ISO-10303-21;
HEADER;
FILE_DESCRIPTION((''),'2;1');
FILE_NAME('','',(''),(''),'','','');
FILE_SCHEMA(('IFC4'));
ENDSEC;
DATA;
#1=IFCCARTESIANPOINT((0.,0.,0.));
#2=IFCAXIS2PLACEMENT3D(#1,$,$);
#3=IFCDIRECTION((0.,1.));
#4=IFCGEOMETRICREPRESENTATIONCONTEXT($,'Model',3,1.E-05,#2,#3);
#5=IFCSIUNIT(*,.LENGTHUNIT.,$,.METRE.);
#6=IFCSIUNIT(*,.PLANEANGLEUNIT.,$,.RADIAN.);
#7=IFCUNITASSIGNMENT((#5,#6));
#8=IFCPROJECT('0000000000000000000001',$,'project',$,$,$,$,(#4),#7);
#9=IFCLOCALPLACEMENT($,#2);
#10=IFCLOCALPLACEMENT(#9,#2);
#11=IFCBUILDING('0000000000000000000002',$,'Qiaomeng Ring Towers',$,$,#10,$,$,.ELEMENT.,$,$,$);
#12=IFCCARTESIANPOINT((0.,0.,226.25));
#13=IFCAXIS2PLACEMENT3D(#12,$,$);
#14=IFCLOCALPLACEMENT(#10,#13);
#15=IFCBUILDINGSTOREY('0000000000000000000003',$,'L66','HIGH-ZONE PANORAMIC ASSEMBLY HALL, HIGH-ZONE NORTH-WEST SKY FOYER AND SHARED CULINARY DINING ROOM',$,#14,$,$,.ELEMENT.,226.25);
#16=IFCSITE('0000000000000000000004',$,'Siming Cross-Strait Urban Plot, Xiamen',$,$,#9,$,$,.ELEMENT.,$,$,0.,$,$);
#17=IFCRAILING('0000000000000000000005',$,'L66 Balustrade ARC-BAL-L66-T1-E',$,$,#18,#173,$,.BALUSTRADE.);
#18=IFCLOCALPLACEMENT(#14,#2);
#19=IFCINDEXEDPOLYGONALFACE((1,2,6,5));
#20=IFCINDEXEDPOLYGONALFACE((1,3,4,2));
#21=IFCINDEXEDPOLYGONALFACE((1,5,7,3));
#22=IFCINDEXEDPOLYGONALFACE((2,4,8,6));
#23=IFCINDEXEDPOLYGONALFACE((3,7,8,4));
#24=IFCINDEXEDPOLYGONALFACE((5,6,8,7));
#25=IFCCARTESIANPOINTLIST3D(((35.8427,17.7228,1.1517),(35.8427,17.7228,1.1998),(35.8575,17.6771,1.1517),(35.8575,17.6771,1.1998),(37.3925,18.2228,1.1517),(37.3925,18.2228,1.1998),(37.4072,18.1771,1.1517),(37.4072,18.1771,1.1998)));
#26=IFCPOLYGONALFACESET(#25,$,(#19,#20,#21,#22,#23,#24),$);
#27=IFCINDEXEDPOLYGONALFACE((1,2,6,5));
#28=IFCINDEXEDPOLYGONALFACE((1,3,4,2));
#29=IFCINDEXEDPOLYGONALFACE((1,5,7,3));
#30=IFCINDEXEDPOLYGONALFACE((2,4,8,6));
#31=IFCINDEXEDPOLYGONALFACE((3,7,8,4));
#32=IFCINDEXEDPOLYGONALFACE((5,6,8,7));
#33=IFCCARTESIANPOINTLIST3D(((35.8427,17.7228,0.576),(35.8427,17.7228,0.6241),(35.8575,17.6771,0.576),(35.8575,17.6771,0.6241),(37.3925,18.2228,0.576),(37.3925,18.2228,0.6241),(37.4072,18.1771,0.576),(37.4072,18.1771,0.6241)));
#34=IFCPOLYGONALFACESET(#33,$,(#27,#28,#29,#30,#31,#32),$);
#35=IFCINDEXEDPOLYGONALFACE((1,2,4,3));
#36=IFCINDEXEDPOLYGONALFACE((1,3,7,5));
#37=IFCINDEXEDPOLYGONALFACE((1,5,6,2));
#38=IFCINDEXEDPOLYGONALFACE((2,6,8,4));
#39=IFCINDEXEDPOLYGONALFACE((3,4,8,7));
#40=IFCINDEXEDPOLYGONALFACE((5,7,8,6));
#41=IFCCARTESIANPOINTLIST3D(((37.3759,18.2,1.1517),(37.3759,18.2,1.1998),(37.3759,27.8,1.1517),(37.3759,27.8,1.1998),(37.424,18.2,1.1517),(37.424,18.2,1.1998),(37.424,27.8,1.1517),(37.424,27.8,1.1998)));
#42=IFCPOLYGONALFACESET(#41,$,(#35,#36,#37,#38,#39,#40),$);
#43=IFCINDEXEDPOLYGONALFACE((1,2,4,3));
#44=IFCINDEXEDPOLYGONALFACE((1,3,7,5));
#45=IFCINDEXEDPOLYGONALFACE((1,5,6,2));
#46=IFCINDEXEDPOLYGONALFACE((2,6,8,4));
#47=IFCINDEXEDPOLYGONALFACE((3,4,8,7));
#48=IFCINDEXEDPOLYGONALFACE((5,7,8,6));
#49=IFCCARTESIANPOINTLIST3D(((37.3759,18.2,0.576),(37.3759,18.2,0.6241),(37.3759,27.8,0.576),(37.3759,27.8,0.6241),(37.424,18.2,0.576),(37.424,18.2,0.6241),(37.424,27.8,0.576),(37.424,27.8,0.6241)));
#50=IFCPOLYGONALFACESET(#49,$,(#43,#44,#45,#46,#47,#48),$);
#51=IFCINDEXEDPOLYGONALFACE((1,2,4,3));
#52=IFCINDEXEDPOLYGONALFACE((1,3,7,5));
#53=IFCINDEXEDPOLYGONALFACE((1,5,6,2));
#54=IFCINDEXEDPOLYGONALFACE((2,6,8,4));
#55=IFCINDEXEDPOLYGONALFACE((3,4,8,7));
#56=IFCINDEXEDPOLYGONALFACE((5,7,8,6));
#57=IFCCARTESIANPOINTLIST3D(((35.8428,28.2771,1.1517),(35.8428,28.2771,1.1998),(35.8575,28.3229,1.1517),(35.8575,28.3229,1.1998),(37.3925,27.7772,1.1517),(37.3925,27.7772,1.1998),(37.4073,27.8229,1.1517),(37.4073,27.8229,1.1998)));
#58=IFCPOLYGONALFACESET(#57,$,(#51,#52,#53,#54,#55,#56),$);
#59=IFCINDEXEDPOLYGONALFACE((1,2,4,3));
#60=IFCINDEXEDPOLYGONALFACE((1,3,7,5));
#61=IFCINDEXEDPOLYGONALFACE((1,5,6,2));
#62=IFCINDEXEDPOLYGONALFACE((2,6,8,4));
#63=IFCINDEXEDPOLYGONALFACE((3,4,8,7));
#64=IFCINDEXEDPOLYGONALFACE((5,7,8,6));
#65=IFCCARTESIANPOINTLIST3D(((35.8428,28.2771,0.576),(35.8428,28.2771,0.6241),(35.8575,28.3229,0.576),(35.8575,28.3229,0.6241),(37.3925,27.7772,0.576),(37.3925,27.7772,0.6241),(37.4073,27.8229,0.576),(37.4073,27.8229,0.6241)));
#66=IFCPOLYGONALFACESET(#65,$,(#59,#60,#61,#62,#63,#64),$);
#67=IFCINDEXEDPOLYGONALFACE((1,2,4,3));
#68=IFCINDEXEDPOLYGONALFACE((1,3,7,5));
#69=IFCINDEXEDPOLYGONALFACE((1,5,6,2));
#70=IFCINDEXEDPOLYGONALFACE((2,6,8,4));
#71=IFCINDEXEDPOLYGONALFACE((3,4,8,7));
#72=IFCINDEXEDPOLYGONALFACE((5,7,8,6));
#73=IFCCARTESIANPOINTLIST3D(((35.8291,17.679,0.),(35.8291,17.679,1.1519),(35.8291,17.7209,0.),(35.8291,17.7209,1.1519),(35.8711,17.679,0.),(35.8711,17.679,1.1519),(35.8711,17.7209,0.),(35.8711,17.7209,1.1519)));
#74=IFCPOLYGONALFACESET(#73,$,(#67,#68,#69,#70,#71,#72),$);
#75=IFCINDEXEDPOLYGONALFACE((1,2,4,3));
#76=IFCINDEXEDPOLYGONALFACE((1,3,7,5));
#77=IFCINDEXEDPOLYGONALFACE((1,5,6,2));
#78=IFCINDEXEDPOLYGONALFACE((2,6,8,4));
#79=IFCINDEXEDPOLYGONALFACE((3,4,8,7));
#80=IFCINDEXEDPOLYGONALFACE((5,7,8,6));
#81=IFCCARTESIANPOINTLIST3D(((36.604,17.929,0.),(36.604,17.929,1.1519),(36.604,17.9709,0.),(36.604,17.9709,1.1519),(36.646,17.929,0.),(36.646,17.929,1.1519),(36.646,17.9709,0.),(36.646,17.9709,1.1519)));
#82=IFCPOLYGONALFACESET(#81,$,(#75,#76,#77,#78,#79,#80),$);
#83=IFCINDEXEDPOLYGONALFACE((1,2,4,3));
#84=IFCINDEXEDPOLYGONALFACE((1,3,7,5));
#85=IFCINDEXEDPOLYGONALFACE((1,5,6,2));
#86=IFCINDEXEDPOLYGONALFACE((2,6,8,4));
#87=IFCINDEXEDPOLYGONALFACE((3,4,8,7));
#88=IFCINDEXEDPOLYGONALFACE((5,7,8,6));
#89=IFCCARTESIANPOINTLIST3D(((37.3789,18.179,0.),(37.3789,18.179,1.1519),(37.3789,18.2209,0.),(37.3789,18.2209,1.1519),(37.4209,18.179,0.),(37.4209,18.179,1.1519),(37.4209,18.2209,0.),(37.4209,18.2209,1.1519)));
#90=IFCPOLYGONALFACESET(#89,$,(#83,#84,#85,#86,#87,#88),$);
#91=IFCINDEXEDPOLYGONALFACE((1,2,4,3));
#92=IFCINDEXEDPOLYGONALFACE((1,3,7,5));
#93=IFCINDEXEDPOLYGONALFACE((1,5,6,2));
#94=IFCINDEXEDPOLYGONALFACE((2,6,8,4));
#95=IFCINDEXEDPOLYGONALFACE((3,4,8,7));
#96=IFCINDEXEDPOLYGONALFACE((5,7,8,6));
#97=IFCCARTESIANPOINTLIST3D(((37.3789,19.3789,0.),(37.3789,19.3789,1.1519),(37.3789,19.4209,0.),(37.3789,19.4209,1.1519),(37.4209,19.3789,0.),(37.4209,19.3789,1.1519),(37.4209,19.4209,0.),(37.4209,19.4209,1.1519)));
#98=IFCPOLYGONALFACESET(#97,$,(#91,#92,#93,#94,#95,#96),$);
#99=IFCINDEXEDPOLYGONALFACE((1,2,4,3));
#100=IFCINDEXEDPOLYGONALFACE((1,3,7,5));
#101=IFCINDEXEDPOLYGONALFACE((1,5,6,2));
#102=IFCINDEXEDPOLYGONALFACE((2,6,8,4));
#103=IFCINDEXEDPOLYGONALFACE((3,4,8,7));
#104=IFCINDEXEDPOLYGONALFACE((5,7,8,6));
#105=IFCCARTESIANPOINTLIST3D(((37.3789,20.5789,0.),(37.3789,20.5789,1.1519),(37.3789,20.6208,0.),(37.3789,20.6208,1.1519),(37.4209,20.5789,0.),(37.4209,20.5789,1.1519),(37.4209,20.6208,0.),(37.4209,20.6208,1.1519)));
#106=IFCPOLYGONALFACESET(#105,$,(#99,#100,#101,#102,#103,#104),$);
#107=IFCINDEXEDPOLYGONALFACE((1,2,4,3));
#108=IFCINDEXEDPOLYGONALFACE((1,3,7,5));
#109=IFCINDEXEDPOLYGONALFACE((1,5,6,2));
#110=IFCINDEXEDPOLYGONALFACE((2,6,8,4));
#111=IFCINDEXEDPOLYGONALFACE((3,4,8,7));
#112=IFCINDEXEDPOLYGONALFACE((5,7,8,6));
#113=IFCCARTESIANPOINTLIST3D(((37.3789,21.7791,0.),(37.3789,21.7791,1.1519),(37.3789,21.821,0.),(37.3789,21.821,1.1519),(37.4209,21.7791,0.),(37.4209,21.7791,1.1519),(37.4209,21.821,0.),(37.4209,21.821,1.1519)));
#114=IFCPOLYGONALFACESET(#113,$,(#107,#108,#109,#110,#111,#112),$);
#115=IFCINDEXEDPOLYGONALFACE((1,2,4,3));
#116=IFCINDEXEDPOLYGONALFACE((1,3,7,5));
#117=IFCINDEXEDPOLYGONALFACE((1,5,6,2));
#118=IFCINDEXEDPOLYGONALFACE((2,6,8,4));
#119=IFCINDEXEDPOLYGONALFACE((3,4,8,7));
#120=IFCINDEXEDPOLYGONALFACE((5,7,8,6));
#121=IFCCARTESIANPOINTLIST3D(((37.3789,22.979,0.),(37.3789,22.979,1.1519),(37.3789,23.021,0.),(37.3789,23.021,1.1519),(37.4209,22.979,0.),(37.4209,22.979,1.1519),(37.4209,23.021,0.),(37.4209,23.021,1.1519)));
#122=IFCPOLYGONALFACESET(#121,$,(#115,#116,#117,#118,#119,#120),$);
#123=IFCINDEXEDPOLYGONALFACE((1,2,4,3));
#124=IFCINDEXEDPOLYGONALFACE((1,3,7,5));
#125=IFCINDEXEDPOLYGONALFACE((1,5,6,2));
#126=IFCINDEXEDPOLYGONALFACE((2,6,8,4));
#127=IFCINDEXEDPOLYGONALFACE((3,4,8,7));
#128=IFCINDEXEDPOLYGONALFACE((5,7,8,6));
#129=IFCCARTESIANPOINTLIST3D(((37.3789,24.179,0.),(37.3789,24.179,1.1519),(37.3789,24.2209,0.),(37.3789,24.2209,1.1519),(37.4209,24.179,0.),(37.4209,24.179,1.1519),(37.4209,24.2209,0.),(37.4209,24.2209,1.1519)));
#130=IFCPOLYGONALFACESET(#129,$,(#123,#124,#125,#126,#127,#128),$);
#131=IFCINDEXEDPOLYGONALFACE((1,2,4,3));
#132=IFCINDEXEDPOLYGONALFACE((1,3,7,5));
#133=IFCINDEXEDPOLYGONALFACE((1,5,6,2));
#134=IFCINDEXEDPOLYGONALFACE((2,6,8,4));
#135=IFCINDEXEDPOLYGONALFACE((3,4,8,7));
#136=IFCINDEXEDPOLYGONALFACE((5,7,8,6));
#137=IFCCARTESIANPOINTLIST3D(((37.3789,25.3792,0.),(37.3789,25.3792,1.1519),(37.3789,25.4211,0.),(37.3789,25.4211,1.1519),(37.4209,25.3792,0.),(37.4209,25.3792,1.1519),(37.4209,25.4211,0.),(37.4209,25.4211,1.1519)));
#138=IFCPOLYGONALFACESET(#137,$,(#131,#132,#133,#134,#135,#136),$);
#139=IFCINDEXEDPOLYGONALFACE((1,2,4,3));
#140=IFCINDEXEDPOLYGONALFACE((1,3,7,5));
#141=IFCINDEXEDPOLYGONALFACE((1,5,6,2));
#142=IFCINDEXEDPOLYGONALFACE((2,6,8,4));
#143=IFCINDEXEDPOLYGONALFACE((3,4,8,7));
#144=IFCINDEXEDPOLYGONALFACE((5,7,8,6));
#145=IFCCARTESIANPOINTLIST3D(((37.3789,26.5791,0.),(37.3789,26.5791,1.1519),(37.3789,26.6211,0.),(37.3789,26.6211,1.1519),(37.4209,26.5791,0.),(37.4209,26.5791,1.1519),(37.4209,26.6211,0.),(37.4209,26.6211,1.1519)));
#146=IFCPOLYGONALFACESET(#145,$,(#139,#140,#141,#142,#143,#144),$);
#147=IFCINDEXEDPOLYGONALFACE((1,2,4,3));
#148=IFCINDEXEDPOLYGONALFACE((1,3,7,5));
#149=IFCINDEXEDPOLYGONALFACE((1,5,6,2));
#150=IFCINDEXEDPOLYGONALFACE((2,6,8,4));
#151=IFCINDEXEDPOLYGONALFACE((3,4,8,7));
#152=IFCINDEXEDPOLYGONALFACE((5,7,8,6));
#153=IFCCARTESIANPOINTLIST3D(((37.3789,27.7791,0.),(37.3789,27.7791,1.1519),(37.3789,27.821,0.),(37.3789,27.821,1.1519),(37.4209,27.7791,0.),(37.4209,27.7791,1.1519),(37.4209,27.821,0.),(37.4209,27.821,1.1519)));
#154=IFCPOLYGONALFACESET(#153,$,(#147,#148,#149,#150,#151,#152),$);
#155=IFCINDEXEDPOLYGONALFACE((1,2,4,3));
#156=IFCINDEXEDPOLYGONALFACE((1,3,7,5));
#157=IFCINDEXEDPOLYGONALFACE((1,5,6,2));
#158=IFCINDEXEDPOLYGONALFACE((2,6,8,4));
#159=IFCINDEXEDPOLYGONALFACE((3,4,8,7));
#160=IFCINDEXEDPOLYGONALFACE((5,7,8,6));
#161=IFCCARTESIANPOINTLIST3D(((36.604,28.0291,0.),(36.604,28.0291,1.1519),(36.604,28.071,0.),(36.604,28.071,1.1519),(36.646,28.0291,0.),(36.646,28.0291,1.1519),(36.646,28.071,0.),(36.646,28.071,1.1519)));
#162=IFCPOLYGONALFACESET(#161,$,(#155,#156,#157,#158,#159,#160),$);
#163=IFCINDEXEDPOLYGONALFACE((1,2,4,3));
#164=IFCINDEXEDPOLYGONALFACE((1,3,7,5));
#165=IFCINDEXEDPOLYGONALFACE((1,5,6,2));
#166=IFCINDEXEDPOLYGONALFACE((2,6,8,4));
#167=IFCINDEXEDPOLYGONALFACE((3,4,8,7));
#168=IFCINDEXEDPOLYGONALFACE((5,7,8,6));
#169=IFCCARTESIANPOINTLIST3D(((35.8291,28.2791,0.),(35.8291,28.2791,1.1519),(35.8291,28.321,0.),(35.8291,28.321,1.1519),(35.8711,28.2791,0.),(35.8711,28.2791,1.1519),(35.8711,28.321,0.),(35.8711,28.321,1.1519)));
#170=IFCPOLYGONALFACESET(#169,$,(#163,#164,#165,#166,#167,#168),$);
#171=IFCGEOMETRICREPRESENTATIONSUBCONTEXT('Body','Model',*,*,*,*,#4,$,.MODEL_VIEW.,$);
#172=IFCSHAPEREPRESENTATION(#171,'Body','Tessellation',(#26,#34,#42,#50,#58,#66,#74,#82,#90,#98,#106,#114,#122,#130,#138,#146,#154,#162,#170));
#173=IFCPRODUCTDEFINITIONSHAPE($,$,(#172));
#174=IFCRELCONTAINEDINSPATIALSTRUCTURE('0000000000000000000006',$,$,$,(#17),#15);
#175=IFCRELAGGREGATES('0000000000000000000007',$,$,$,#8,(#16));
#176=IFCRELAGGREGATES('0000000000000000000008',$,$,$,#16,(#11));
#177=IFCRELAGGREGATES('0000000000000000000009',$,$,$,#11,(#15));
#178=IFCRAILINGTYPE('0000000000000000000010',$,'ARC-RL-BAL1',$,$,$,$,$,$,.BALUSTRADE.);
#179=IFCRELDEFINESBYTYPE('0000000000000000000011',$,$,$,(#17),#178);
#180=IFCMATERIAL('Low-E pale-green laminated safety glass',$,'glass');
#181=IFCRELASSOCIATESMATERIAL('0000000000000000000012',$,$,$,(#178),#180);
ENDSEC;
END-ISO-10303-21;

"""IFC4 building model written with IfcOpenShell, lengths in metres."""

from ifc_helpers import new_model, si_unit, direction, frame, origin, origin_2d, place, context, subcontext, project, spatial, rectangle, extrude, material, type_object, element, save


model = new_model("IFC4")

# Units and contexts
model_context = context("Model", 3, precision=1e-05, world=origin(), true_north=direction((0.0, 1.0)))
body_context = subcontext(model_context, "Body", "Model", "MODEL_VIEW")
ifc_project = project(units=[si_unit("LENGTHUNIT", "METRE"), si_unit("PLANEANGLEUNIT", "RADIAN")], contexts=[model_context])

# Site, building, storey
site_placement = place(None, origin())
site = spatial("IfcSite", under=ifc_project, at=site_placement, Name="Siming Cross-Strait Urban Plot, Xiamen", CompositionType="ELEMENT", RefElevation=0.0)
building_placement = place(site_placement, origin())
building = spatial("IfcBuilding", under=site, at=building_placement, Name="Qiaomeng Ring Towers", CompositionType="ELEMENT")
storey_placement = place(building_placement, frame((0.0, 0.0, 226.25)))
storey = spatial("IfcBuildingStorey", under=building, at=storey_placement, Name="L66", Description="HIGH-ZONE PANORAMIC ASSEMBLY HALL, HIGH-ZONE NORTH-WEST SKY FOYER AND SHARED CULINARY DINING ROOM", CompositionType="ELEMENT", Elevation=226.25)

# Railing
ifc_material_1 = material(Name="Low-E pale-green laminated safety glass", Category="glass")
railing_type = type_object("IfcRailingType", Name="ARC-RL-BAL1", PredefinedType="BALUSTRADE", material=ifc_material_1)
railing_placement = place(storey_placement, frame((35.8501, 17.7, 0.0)))
element("IfcRailing", 1, at=railing_placement, inside=storey, type_object=railing_type, Name="L66 Balustrade ARC-BAL-L66-T1-E", PredefinedType="BALUSTRADE", context=body_context, shape_type="SweptSolid", body=[
    extrude(rectangle(XDim=0.0481, YDim=0.0481, at=origin_2d()), frame((0.0, 0.0, 1.1758), z_axis=(0.951697, 0.307038, 0.0), x_axis=(-0.307038, 0.951697, 0.0)), (0.0, 0.0, 1.0), 1.6284),
    extrude(rectangle(XDim=0.0481, YDim=0.0481, at=origin_2d()), frame((0.0, 0.0, 0.6001), z_axis=(0.951697, 0.307038, 0.0), x_axis=(-0.307038, 0.951697, 0.0)), (0.0, 0.0, 1.0), 1.6284),
    extrude(rectangle(XDim=0.0481, YDim=0.0481, at=origin_2d()), frame((1.5498, 0.5, 1.1758), z_axis=(0.0, 1.0, 0.0), x_axis=(-1.0, 0.0, 0.0)), (0.0, 0.0, 1.0), 9.6001),
    extrude(rectangle(XDim=0.0481, YDim=0.0481, at=origin_2d()), frame((1.5498, 0.5, 0.6001), z_axis=(0.0, 1.0, 0.0), x_axis=(-1.0, 0.0, 0.0)), (0.0, 0.0, 1.0), 9.6001),
    extrude(rectangle(XDim=0.0481, YDim=0.0481, at=origin_2d()), frame((1.5498, 10.1001, 1.1758), z_axis=(-0.951697, 0.307038, 0.0), x_axis=(-0.307038, -0.951697, 0.0)), (0.0, 0.0, 1.0), 1.6284),
    extrude(rectangle(XDim=0.0481, YDim=0.0481, at=origin_2d()), frame((1.5498, 10.1001, 0.6001), z_axis=(-0.951697, 0.307038, 0.0), x_axis=(-0.307038, -0.951697, 0.0)), (0.0, 0.0, 1.0), 1.6284),
    extrude(rectangle(XDim=0.042, YDim=0.042, at=origin_2d()), origin(), (0.0, 0.0, 1.0), 1.1519),
    extrude(rectangle(XDim=0.042, YDim=0.042, at=origin_2d()), frame((0.7749, 0.25, 0.0)), (0.0, 0.0, 1.0), 1.1519),
    extrude(rectangle(XDim=0.042, YDim=0.042, at=origin_2d()), frame((1.5498, 0.5, 0.0)), (0.0, 0.0, 1.0), 1.1519),
    extrude(rectangle(XDim=0.042, YDim=0.042, at=origin_2d()), frame((1.5498, 1.7, 0.0)), (0.0, 0.0, 1.0), 1.1519),
    extrude(rectangle(XDim=0.042, YDim=0.042, at=origin_2d()), frame((1.5498, 2.8999, 0.0)), (0.0, 0.0, 1.0), 1.1519),
    extrude(rectangle(XDim=0.042, YDim=0.042, at=origin_2d()), frame((1.5498, 4.1001, 0.0)), (0.0, 0.0, 1.0), 1.1519),
    extrude(rectangle(XDim=0.042, YDim=0.042, at=origin_2d()), frame((1.5498, 5.3, 0.0)), (0.0, 0.0, 1.0), 1.1519),
    extrude(rectangle(XDim=0.042, YDim=0.042, at=origin_2d()), frame((1.5498, 6.5, 0.0)), (0.0, 0.0, 1.0), 1.1519),
    extrude(rectangle(XDim=0.042, YDim=0.042, at=origin_2d()), frame((1.5498, 7.7002, 0.0)), (0.0, 0.0, 1.0), 1.1519),
    extrude(rectangle(XDim=0.042, YDim=0.042, at=origin_2d()), frame((1.5498, 8.9001, 0.0)), (0.0, 0.0, 1.0), 1.1519),
    extrude(rectangle(XDim=0.042, YDim=0.042, at=origin_2d()), frame((1.5498, 10.1001, 0.0)), (0.0, 0.0, 1.0), 1.1519),
    extrude(rectangle(XDim=0.042, YDim=0.042, at=origin_2d()), frame((0.7749, 10.3501, 0.0)), (0.0, 0.0, 1.0), 1.1519),
    extrude(rectangle(XDim=0.042, YDim=0.042, at=origin_2d()), frame((0.0, 10.6001, 0.0)), (0.0, 0.0, 1.0), 1.1519),
])

save(model, "model.ifc")
